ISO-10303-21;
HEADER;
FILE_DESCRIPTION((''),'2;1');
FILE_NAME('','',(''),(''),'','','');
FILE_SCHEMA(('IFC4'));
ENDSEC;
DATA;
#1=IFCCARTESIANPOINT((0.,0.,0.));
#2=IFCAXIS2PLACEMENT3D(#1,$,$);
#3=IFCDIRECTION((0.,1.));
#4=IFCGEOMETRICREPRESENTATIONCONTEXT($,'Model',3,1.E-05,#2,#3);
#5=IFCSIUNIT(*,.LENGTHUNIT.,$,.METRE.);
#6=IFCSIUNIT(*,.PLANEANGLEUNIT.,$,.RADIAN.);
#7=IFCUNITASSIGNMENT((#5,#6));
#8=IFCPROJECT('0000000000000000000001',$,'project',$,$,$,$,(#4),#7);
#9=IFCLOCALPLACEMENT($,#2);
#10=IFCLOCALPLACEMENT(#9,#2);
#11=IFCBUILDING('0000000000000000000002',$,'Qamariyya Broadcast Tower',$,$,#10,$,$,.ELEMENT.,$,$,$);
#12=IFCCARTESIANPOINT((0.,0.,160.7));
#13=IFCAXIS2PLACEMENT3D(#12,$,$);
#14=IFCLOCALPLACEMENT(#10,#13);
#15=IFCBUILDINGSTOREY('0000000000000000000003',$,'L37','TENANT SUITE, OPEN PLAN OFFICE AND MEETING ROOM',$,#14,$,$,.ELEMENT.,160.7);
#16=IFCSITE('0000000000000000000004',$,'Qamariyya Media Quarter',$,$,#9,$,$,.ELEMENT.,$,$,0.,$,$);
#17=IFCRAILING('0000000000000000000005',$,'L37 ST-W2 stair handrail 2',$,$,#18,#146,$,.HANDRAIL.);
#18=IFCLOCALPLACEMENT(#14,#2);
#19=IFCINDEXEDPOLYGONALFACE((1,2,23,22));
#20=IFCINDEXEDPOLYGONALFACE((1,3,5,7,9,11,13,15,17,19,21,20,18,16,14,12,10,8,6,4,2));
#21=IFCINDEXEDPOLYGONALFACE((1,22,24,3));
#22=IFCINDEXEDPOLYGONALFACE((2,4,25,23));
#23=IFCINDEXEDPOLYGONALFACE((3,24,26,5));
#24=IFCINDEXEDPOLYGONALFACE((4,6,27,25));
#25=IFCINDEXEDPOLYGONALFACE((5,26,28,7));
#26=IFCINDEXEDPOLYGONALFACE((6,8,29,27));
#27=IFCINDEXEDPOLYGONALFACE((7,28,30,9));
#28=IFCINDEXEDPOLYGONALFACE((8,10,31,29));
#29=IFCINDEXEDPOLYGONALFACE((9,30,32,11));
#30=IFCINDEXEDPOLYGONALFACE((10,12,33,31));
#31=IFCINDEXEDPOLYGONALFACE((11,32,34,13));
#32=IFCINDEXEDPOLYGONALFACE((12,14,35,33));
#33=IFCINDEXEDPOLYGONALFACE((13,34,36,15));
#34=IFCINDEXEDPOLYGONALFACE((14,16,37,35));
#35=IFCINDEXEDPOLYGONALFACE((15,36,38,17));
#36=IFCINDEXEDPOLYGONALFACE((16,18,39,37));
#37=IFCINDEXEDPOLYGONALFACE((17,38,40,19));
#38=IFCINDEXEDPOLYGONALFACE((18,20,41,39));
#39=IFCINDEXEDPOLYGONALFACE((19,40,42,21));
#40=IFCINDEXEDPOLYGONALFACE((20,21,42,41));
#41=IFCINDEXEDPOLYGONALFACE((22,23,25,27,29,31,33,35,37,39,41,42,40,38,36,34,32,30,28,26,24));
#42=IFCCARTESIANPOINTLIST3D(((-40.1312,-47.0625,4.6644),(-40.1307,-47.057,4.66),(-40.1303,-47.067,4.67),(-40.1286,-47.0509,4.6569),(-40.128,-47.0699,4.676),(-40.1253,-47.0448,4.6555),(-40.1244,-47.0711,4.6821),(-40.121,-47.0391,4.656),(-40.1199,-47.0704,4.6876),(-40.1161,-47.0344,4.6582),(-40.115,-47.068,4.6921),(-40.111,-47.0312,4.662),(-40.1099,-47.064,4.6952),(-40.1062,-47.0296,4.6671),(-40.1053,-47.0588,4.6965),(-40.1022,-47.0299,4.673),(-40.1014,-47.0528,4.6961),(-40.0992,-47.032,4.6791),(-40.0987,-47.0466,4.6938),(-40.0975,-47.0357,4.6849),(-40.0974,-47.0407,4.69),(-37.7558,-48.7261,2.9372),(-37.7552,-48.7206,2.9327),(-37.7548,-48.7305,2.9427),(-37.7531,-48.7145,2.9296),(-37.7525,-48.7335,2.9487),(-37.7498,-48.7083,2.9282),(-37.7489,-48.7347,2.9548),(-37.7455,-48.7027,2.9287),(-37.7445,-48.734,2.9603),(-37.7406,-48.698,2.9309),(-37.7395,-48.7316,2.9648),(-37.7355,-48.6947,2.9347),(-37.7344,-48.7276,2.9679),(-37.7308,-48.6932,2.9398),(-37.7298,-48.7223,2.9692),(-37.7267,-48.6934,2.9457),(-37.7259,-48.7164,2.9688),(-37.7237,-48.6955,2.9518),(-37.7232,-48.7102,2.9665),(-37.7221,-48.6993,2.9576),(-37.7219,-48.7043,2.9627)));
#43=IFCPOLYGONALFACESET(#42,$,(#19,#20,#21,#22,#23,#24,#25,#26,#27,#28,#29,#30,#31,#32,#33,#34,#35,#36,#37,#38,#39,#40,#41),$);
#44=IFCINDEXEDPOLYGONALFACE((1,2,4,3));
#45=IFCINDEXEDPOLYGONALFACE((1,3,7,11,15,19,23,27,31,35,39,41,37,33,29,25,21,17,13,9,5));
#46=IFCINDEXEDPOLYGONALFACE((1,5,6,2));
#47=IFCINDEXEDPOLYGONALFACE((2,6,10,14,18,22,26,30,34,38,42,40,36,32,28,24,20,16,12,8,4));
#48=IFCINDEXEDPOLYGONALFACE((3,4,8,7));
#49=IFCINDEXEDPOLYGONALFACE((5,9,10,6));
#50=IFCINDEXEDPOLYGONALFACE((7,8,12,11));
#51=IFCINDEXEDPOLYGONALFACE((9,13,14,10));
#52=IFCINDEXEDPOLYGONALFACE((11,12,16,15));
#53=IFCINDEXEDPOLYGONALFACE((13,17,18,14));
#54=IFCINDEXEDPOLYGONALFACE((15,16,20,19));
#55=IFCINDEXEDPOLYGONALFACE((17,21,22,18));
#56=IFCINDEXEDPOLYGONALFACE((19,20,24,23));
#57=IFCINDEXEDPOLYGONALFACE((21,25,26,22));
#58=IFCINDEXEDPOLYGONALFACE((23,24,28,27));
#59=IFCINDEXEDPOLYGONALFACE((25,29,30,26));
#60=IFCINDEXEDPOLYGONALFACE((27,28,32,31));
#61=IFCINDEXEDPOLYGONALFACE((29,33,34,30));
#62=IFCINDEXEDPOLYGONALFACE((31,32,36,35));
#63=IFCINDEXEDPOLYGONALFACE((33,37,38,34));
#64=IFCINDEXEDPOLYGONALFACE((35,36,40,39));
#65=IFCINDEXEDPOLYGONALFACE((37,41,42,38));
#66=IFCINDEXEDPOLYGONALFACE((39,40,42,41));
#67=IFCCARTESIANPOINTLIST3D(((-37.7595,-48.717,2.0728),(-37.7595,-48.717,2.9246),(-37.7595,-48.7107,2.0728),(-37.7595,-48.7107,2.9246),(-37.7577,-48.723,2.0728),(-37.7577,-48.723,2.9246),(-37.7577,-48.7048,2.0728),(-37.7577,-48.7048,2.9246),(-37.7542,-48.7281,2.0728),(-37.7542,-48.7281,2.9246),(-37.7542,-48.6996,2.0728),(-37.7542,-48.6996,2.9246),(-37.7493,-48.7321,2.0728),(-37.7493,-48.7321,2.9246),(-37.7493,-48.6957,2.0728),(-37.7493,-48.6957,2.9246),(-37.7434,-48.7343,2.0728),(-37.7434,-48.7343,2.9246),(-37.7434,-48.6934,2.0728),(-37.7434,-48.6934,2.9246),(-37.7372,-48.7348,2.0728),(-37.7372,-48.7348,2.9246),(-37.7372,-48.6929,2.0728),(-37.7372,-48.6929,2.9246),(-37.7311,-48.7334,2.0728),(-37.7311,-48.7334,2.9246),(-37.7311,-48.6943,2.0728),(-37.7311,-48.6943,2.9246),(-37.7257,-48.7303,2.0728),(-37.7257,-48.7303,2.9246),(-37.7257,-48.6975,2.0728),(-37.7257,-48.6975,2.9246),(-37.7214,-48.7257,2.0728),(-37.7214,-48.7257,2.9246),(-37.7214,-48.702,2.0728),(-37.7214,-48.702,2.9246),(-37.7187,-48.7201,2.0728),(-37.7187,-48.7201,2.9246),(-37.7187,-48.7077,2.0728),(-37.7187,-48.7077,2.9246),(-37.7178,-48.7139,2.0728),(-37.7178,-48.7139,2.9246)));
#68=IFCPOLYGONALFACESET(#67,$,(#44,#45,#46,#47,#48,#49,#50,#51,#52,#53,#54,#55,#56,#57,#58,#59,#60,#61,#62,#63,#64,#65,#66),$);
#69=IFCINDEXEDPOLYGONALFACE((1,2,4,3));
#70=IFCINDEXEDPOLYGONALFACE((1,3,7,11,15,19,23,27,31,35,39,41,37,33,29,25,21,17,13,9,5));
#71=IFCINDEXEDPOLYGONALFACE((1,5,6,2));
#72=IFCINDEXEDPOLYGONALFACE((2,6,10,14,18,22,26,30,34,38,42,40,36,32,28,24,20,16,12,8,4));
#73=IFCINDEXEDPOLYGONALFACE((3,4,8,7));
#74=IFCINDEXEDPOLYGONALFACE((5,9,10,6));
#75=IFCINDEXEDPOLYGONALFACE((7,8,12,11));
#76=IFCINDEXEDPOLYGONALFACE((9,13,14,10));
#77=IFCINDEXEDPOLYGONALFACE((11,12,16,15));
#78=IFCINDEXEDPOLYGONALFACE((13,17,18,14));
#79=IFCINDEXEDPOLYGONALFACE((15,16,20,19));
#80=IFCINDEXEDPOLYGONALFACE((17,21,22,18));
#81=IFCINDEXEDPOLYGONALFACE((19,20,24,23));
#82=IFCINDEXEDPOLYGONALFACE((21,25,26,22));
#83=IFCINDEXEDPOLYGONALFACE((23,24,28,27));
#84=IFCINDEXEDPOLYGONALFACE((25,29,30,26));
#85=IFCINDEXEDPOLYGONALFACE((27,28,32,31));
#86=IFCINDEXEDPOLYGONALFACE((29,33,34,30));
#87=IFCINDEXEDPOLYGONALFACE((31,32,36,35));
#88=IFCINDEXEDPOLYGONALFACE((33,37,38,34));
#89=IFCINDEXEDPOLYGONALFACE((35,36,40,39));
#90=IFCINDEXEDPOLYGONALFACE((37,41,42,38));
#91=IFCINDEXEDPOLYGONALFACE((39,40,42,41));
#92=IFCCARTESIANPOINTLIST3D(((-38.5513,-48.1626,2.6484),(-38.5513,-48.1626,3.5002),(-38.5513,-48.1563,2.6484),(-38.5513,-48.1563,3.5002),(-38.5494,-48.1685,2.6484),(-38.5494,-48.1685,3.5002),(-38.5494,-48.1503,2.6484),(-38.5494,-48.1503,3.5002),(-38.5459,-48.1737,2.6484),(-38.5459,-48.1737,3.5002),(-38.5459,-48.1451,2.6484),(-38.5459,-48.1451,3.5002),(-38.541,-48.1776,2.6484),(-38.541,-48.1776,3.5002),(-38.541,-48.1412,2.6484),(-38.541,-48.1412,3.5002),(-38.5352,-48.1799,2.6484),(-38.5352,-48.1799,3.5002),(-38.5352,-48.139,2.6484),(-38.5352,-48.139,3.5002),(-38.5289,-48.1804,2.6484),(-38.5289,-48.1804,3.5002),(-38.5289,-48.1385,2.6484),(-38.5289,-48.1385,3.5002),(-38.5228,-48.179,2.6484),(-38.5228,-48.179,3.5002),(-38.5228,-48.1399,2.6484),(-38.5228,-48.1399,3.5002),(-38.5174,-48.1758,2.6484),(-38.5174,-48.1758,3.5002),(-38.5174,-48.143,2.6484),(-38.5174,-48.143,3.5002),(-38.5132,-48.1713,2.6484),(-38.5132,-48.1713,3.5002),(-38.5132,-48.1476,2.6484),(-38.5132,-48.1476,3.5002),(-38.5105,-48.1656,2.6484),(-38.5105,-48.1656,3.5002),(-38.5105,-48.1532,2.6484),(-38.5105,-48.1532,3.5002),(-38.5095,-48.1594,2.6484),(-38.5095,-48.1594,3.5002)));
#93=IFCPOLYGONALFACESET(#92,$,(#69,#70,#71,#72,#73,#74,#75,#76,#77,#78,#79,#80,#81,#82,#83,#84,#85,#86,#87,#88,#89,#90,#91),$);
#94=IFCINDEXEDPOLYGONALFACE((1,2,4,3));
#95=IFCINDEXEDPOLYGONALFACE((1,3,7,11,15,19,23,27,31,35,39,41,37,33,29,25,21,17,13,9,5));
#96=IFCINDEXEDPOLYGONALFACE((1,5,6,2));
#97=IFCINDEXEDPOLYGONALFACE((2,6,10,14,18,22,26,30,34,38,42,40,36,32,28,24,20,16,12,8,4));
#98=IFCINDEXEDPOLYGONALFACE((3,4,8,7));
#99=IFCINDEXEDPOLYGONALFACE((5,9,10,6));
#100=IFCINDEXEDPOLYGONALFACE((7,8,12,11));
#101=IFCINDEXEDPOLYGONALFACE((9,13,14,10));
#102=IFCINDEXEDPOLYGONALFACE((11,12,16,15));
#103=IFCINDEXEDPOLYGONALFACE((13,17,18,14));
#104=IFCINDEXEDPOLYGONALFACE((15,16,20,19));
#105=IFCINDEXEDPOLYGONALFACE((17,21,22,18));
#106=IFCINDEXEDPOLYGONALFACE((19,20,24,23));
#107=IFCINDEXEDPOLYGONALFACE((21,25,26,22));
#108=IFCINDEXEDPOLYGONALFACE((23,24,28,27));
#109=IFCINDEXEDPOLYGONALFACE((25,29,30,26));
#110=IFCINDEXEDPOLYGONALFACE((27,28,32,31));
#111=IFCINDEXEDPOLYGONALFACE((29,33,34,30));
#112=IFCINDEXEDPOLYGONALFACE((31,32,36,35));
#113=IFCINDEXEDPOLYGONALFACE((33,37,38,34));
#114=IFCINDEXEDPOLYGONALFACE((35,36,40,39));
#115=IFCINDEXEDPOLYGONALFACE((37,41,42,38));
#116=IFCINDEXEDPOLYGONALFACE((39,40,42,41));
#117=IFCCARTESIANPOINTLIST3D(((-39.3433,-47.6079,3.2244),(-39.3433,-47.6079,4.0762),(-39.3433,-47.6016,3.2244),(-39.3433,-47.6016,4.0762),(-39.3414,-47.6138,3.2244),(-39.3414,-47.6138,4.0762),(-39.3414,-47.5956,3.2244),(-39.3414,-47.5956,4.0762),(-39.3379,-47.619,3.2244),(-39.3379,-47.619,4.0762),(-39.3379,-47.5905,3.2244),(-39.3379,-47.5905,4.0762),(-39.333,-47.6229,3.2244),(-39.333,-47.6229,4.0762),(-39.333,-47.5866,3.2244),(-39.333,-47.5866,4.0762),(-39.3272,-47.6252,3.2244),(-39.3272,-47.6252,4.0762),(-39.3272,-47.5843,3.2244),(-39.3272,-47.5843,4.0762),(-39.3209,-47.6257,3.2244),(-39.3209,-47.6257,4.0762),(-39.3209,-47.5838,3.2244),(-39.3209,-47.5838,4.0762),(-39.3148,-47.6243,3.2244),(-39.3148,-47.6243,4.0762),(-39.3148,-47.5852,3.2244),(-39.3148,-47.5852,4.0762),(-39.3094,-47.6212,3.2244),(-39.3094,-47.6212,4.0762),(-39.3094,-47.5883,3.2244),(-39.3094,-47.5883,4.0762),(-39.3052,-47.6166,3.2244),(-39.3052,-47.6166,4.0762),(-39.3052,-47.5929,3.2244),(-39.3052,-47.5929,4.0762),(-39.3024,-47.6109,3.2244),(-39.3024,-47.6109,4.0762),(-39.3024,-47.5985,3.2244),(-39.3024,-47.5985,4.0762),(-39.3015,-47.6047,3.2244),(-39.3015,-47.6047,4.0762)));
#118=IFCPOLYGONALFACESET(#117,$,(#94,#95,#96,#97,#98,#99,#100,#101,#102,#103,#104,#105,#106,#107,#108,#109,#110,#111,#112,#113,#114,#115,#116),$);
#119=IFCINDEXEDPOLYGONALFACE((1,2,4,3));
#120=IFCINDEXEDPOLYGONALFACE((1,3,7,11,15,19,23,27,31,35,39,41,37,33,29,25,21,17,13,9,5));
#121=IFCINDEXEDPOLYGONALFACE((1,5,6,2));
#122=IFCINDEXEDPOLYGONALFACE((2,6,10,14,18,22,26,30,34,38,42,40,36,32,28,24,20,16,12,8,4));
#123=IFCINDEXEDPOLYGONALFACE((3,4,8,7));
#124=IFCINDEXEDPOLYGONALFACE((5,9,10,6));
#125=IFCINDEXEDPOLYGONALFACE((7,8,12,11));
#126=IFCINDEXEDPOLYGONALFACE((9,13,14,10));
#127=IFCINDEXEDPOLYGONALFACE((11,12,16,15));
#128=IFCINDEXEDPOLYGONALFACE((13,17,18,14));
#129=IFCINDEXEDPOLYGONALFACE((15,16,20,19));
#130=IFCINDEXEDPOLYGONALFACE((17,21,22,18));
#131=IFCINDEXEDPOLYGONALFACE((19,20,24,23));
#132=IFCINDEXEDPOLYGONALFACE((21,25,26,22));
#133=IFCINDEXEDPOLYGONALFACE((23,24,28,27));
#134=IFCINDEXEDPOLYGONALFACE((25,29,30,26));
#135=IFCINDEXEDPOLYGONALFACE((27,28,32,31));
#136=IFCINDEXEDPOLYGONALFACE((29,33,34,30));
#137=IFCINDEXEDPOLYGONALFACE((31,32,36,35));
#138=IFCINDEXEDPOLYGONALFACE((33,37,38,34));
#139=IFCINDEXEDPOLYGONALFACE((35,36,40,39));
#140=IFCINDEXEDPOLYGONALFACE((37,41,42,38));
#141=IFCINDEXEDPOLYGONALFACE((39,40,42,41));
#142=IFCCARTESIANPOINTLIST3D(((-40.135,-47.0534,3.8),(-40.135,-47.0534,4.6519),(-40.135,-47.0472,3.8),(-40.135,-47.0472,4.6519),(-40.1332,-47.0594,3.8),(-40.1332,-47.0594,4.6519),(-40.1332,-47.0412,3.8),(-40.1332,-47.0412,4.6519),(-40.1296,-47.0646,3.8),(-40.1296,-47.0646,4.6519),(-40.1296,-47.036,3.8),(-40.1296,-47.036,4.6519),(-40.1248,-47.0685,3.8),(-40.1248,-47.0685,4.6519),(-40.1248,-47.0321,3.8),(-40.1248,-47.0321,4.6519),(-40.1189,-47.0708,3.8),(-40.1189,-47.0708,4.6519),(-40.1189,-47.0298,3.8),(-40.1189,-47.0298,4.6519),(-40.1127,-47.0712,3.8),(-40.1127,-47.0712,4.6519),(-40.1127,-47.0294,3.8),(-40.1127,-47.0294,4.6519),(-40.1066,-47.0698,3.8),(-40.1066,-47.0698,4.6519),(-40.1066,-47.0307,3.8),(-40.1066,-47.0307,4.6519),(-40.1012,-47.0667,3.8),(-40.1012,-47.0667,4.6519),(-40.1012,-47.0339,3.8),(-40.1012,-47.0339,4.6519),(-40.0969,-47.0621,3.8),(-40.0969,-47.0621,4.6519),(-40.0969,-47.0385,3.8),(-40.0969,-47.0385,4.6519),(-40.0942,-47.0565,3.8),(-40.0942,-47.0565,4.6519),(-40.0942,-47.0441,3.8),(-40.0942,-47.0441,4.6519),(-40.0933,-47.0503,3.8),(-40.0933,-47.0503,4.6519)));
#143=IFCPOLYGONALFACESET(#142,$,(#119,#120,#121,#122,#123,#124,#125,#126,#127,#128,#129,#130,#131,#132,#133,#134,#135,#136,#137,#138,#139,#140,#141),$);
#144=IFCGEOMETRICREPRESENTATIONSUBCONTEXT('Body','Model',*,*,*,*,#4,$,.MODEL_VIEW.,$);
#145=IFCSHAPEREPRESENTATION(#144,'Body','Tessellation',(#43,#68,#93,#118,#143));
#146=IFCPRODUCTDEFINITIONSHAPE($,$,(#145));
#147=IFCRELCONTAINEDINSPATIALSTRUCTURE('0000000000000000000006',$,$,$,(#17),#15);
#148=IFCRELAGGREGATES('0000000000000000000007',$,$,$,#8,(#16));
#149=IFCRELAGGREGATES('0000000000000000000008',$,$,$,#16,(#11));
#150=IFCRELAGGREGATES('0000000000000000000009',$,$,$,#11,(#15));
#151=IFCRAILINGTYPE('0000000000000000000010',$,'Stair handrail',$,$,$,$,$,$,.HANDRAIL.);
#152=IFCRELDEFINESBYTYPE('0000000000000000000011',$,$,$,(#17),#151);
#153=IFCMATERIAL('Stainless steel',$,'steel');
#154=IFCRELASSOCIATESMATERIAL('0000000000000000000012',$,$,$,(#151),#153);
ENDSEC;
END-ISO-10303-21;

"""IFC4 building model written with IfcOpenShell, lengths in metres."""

from ifc_helpers import new_model, si_unit, direction, frame, origin, origin_2d, place, context, subcontext, project, spatial, circle, extrude, material, type_object, element, save


model = new_model("IFC4")

# Units and contexts
model_context = context("Model", 3, precision=1e-05, world=origin(), true_north=direction((0.0, 1.0)))
body_context = subcontext(model_context, "Body", "Model", "MODEL_VIEW")
ifc_project = project(units=[si_unit("LENGTHUNIT", "METRE"), si_unit("PLANEANGLEUNIT", "RADIAN")], contexts=[model_context])

# Site, building, storey
site_placement = place(None, origin())
site = spatial("IfcSite", under=ifc_project, at=site_placement, Name="Qamariyya Media Quarter", CompositionType="ELEMENT", RefElevation=0.0)
building_placement = place(site_placement, origin())
building = spatial("IfcBuilding", under=site, at=building_placement, Name="Qamariyya Broadcast Tower", CompositionType="ELEMENT")
storey_placement = place(building_placement, frame((0.0, 0.0, 160.7)))
storey = spatial("IfcBuildingStorey", under=building, at=storey_placement, Name="L37", Description="TENANT SUITE, OPEN PLAN OFFICE AND MEETING ROOM", CompositionType="ELEMENT", Elevation=160.7)

# Railing
ifc_material_1 = material(Name="Stainless steel", Category="steel")
railing_type_1 = type_object("IfcRailingType", Name="Stair handrail", PredefinedType="HANDRAIL", material=ifc_material_1)
railing_1_placement = place(storey_placement, frame((-37.7388, -48.7139, 2.0728)))
element("IfcRailing", 1, at=railing_1_placement, inside=storey, type_object=railing_type_1, Name="L37 ST-W2 stair handrail 2", PredefinedType="HANDRAIL", context=body_context, shape_type="SweptSolid", body=[
    extrude(circle(Radius=0.0239, at=origin_2d()), frame((0.0, 0.0, 0.876), z_axis=(-0.703745, 0.492838, 0.511716), x_axis=(-0.573632, -0.819113, 0.0)), (0.0, 0.0, 1.0), 3.3755),
    extrude(circle(Radius=0.021, at=origin_2d()), origin(), (0.0, 0.0, 1.0), 0.8518),
    extrude(circle(Radius=0.021, at=origin_2d()), frame((-0.7917, 0.5544, 0.5757)), (0.0, 0.0, 1.0), 0.8518),
    extrude(circle(Radius=0.021, at=origin_2d()), frame((-1.5837, 1.1091, 1.1516)), (0.0, 0.0, 1.0), 0.8518),
    extrude(circle(Radius=0.021, at=origin_2d()), frame((-2.3755, 1.6636, 1.7273)), (0.0, 0.0, 1.0), 0.8518),
])

save(model, "model.ifc")
